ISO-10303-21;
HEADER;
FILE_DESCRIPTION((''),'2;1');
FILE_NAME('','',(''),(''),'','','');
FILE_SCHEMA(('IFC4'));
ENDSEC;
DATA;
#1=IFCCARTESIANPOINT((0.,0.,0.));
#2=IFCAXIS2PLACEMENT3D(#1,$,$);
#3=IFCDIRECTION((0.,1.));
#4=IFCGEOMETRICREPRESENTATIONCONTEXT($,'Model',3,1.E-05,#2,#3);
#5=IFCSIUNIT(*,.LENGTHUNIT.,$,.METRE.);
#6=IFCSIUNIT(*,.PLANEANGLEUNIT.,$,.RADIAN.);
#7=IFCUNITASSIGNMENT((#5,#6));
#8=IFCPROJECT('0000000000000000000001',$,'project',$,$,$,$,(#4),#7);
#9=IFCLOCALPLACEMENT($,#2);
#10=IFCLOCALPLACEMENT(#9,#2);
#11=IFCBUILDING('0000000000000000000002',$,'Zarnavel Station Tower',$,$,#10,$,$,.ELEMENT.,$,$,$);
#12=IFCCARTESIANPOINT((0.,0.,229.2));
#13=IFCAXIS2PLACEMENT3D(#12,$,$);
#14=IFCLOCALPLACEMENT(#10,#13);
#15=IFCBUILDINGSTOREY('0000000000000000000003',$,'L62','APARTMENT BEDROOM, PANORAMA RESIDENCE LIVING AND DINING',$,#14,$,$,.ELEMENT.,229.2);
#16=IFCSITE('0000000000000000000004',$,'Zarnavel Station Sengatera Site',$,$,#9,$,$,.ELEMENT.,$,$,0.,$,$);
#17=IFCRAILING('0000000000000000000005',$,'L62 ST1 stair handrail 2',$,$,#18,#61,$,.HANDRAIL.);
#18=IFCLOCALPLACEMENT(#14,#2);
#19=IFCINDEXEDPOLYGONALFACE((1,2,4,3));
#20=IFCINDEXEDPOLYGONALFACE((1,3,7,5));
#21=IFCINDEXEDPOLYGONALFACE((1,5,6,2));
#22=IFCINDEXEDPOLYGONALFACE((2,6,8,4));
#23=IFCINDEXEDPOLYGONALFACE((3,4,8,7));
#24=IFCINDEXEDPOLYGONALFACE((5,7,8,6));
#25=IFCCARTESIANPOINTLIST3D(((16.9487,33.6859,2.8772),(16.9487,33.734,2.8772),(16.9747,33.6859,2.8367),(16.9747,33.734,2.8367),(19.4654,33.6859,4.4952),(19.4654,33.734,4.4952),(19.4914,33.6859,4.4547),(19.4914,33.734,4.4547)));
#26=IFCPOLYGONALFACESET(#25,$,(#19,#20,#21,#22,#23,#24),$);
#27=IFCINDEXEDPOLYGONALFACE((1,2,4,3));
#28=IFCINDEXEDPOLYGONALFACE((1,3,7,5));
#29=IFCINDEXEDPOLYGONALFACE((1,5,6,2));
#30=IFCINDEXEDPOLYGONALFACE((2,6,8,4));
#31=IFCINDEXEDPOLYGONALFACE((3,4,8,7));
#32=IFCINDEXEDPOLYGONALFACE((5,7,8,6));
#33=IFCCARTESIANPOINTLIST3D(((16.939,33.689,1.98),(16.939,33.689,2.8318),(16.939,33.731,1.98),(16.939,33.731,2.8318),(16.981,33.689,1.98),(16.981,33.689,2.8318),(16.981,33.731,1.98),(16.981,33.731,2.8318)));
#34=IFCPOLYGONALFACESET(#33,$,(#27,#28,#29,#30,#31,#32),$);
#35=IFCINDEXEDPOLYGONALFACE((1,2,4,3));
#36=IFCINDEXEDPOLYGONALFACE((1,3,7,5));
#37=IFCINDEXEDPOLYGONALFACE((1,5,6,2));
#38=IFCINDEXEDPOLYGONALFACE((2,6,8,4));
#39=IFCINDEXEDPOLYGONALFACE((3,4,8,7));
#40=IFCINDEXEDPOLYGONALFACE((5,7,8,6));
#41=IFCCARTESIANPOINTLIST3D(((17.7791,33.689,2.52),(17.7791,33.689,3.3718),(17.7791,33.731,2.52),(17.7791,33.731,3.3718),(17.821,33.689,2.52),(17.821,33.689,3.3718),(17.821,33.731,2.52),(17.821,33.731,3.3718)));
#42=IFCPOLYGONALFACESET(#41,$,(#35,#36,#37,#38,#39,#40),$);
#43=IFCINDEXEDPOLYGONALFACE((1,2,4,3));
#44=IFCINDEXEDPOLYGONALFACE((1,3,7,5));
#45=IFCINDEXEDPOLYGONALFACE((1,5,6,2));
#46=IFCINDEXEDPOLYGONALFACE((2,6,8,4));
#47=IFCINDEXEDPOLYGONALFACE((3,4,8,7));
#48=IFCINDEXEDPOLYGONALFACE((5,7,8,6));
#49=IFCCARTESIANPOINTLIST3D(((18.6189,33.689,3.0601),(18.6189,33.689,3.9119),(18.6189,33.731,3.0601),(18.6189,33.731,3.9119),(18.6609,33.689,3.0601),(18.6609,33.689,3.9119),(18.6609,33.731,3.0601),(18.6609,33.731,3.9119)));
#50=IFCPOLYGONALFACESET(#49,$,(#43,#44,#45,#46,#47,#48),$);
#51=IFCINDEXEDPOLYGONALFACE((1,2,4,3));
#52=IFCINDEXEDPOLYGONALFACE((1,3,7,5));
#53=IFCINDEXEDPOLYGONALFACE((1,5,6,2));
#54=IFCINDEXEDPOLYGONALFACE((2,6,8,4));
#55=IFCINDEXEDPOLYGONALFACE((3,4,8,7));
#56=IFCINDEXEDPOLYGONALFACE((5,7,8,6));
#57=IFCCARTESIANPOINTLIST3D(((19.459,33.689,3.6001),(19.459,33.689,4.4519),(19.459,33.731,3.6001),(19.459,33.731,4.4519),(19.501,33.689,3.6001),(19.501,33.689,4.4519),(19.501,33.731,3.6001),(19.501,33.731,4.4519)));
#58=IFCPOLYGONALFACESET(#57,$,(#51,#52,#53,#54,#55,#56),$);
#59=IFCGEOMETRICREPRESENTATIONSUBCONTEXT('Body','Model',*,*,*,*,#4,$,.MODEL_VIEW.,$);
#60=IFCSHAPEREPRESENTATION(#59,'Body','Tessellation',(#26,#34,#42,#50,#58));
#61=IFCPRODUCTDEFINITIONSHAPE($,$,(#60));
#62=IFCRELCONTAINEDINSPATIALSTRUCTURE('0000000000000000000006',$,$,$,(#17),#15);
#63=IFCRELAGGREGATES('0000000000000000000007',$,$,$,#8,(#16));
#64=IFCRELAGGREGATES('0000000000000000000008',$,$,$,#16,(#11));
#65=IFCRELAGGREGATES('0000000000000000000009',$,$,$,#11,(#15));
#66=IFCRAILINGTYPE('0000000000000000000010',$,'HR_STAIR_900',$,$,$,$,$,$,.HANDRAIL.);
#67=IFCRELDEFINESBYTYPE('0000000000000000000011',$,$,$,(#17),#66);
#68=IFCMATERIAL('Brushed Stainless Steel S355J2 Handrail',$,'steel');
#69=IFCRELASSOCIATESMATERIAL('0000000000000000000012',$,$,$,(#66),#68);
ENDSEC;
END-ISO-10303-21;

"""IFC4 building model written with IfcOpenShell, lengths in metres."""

from ifc_helpers import new_model, si_unit, direction, frame, origin, origin_2d, place, context, subcontext, project, spatial, rectangle, extrude, material, type_object, element, save


model = new_model("IFC4")

# Units and contexts
model_context = context("Model", 3, precision=1e-05, world=origin(), true_north=direction((0.0, 1.0)))
body_context = subcontext(model_context, "Body", "Model", "MODEL_VIEW")
ifc_project = project(units=[si_unit("LENGTHUNIT", "METRE"), si_unit("PLANEANGLEUNIT", "RADIAN")], contexts=[model_context])

# Site, building, storey
site_placement = place(None, origin())
site = spatial("IfcSite", under=ifc_project, at=site_placement, Name="Zarnavel Station Sengatera Site", CompositionType="ELEMENT", RefElevation=0.0)
building_placement = place(site_placement, origin())
building = spatial("IfcBuilding", under=site, at=building_placement, Name="Zarnavel Station Tower", CompositionType="ELEMENT")
storey_placement = place(building_placement, frame((0.0, 0.0, 229.2)))
storey = spatial("IfcBuildingStorey", under=building, at=storey_placement, Name="L62", Description="APARTMENT BEDROOM, PANORAMA RESIDENCE LIVING AND DINING", CompositionType="ELEMENT", Elevation=229.2)

# Railing
ifc_material_1 = material(Name="Brushed Stainless Steel S355J2 Handrail", Category="steel")
railing_type_1 = type_object("IfcRailingType", Name="HR_STAIR_900", PredefinedType="HANDRAIL", material=ifc_material_1)
railing_1_placement = place(storey_placement, frame((16.96, 33.71, 1.98)))
element("IfcRailing", 1, at=railing_1_placement, inside=storey, type_object=railing_type_1, Name="L62 ST1 stair handrail 2", PredefinedType="HANDRAIL", context=body_context, shape_type="SweptSolid", body=[
    extrude(rectangle(XDim=0.0481, YDim=0.0481, at=origin_2d()), frame((0.0017, 0.0, 0.877), z_axis=(0.841163, 0.0, 0.540782), x_axis=(0.0, 1.0, 0.0)), (0.0, 0.0, 1.0), 2.9919),
    extrude(rectangle(XDim=0.042, YDim=0.042, at=origin_2d()), origin(), (0.0, 0.0, 1.0), 0.8518),
    extrude(rectangle(XDim=0.042, YDim=0.042, at=origin_2d()), frame((0.8401, 0.0, 0.54)), (0.0, 0.0, 1.0), 0.8518),
    extrude(rectangle(XDim=0.042, YDim=0.042, at=origin_2d()), frame((1.6799, 0.0, 1.0801)), (0.0, 0.0, 1.0), 0.8518),
    extrude(rectangle(XDim=0.042, YDim=0.042, at=origin_2d()), frame((2.52, 0.0, 1.6201)), (0.0, 0.0, 1.0), 0.8518),
])

save(model, "model.ifc")
